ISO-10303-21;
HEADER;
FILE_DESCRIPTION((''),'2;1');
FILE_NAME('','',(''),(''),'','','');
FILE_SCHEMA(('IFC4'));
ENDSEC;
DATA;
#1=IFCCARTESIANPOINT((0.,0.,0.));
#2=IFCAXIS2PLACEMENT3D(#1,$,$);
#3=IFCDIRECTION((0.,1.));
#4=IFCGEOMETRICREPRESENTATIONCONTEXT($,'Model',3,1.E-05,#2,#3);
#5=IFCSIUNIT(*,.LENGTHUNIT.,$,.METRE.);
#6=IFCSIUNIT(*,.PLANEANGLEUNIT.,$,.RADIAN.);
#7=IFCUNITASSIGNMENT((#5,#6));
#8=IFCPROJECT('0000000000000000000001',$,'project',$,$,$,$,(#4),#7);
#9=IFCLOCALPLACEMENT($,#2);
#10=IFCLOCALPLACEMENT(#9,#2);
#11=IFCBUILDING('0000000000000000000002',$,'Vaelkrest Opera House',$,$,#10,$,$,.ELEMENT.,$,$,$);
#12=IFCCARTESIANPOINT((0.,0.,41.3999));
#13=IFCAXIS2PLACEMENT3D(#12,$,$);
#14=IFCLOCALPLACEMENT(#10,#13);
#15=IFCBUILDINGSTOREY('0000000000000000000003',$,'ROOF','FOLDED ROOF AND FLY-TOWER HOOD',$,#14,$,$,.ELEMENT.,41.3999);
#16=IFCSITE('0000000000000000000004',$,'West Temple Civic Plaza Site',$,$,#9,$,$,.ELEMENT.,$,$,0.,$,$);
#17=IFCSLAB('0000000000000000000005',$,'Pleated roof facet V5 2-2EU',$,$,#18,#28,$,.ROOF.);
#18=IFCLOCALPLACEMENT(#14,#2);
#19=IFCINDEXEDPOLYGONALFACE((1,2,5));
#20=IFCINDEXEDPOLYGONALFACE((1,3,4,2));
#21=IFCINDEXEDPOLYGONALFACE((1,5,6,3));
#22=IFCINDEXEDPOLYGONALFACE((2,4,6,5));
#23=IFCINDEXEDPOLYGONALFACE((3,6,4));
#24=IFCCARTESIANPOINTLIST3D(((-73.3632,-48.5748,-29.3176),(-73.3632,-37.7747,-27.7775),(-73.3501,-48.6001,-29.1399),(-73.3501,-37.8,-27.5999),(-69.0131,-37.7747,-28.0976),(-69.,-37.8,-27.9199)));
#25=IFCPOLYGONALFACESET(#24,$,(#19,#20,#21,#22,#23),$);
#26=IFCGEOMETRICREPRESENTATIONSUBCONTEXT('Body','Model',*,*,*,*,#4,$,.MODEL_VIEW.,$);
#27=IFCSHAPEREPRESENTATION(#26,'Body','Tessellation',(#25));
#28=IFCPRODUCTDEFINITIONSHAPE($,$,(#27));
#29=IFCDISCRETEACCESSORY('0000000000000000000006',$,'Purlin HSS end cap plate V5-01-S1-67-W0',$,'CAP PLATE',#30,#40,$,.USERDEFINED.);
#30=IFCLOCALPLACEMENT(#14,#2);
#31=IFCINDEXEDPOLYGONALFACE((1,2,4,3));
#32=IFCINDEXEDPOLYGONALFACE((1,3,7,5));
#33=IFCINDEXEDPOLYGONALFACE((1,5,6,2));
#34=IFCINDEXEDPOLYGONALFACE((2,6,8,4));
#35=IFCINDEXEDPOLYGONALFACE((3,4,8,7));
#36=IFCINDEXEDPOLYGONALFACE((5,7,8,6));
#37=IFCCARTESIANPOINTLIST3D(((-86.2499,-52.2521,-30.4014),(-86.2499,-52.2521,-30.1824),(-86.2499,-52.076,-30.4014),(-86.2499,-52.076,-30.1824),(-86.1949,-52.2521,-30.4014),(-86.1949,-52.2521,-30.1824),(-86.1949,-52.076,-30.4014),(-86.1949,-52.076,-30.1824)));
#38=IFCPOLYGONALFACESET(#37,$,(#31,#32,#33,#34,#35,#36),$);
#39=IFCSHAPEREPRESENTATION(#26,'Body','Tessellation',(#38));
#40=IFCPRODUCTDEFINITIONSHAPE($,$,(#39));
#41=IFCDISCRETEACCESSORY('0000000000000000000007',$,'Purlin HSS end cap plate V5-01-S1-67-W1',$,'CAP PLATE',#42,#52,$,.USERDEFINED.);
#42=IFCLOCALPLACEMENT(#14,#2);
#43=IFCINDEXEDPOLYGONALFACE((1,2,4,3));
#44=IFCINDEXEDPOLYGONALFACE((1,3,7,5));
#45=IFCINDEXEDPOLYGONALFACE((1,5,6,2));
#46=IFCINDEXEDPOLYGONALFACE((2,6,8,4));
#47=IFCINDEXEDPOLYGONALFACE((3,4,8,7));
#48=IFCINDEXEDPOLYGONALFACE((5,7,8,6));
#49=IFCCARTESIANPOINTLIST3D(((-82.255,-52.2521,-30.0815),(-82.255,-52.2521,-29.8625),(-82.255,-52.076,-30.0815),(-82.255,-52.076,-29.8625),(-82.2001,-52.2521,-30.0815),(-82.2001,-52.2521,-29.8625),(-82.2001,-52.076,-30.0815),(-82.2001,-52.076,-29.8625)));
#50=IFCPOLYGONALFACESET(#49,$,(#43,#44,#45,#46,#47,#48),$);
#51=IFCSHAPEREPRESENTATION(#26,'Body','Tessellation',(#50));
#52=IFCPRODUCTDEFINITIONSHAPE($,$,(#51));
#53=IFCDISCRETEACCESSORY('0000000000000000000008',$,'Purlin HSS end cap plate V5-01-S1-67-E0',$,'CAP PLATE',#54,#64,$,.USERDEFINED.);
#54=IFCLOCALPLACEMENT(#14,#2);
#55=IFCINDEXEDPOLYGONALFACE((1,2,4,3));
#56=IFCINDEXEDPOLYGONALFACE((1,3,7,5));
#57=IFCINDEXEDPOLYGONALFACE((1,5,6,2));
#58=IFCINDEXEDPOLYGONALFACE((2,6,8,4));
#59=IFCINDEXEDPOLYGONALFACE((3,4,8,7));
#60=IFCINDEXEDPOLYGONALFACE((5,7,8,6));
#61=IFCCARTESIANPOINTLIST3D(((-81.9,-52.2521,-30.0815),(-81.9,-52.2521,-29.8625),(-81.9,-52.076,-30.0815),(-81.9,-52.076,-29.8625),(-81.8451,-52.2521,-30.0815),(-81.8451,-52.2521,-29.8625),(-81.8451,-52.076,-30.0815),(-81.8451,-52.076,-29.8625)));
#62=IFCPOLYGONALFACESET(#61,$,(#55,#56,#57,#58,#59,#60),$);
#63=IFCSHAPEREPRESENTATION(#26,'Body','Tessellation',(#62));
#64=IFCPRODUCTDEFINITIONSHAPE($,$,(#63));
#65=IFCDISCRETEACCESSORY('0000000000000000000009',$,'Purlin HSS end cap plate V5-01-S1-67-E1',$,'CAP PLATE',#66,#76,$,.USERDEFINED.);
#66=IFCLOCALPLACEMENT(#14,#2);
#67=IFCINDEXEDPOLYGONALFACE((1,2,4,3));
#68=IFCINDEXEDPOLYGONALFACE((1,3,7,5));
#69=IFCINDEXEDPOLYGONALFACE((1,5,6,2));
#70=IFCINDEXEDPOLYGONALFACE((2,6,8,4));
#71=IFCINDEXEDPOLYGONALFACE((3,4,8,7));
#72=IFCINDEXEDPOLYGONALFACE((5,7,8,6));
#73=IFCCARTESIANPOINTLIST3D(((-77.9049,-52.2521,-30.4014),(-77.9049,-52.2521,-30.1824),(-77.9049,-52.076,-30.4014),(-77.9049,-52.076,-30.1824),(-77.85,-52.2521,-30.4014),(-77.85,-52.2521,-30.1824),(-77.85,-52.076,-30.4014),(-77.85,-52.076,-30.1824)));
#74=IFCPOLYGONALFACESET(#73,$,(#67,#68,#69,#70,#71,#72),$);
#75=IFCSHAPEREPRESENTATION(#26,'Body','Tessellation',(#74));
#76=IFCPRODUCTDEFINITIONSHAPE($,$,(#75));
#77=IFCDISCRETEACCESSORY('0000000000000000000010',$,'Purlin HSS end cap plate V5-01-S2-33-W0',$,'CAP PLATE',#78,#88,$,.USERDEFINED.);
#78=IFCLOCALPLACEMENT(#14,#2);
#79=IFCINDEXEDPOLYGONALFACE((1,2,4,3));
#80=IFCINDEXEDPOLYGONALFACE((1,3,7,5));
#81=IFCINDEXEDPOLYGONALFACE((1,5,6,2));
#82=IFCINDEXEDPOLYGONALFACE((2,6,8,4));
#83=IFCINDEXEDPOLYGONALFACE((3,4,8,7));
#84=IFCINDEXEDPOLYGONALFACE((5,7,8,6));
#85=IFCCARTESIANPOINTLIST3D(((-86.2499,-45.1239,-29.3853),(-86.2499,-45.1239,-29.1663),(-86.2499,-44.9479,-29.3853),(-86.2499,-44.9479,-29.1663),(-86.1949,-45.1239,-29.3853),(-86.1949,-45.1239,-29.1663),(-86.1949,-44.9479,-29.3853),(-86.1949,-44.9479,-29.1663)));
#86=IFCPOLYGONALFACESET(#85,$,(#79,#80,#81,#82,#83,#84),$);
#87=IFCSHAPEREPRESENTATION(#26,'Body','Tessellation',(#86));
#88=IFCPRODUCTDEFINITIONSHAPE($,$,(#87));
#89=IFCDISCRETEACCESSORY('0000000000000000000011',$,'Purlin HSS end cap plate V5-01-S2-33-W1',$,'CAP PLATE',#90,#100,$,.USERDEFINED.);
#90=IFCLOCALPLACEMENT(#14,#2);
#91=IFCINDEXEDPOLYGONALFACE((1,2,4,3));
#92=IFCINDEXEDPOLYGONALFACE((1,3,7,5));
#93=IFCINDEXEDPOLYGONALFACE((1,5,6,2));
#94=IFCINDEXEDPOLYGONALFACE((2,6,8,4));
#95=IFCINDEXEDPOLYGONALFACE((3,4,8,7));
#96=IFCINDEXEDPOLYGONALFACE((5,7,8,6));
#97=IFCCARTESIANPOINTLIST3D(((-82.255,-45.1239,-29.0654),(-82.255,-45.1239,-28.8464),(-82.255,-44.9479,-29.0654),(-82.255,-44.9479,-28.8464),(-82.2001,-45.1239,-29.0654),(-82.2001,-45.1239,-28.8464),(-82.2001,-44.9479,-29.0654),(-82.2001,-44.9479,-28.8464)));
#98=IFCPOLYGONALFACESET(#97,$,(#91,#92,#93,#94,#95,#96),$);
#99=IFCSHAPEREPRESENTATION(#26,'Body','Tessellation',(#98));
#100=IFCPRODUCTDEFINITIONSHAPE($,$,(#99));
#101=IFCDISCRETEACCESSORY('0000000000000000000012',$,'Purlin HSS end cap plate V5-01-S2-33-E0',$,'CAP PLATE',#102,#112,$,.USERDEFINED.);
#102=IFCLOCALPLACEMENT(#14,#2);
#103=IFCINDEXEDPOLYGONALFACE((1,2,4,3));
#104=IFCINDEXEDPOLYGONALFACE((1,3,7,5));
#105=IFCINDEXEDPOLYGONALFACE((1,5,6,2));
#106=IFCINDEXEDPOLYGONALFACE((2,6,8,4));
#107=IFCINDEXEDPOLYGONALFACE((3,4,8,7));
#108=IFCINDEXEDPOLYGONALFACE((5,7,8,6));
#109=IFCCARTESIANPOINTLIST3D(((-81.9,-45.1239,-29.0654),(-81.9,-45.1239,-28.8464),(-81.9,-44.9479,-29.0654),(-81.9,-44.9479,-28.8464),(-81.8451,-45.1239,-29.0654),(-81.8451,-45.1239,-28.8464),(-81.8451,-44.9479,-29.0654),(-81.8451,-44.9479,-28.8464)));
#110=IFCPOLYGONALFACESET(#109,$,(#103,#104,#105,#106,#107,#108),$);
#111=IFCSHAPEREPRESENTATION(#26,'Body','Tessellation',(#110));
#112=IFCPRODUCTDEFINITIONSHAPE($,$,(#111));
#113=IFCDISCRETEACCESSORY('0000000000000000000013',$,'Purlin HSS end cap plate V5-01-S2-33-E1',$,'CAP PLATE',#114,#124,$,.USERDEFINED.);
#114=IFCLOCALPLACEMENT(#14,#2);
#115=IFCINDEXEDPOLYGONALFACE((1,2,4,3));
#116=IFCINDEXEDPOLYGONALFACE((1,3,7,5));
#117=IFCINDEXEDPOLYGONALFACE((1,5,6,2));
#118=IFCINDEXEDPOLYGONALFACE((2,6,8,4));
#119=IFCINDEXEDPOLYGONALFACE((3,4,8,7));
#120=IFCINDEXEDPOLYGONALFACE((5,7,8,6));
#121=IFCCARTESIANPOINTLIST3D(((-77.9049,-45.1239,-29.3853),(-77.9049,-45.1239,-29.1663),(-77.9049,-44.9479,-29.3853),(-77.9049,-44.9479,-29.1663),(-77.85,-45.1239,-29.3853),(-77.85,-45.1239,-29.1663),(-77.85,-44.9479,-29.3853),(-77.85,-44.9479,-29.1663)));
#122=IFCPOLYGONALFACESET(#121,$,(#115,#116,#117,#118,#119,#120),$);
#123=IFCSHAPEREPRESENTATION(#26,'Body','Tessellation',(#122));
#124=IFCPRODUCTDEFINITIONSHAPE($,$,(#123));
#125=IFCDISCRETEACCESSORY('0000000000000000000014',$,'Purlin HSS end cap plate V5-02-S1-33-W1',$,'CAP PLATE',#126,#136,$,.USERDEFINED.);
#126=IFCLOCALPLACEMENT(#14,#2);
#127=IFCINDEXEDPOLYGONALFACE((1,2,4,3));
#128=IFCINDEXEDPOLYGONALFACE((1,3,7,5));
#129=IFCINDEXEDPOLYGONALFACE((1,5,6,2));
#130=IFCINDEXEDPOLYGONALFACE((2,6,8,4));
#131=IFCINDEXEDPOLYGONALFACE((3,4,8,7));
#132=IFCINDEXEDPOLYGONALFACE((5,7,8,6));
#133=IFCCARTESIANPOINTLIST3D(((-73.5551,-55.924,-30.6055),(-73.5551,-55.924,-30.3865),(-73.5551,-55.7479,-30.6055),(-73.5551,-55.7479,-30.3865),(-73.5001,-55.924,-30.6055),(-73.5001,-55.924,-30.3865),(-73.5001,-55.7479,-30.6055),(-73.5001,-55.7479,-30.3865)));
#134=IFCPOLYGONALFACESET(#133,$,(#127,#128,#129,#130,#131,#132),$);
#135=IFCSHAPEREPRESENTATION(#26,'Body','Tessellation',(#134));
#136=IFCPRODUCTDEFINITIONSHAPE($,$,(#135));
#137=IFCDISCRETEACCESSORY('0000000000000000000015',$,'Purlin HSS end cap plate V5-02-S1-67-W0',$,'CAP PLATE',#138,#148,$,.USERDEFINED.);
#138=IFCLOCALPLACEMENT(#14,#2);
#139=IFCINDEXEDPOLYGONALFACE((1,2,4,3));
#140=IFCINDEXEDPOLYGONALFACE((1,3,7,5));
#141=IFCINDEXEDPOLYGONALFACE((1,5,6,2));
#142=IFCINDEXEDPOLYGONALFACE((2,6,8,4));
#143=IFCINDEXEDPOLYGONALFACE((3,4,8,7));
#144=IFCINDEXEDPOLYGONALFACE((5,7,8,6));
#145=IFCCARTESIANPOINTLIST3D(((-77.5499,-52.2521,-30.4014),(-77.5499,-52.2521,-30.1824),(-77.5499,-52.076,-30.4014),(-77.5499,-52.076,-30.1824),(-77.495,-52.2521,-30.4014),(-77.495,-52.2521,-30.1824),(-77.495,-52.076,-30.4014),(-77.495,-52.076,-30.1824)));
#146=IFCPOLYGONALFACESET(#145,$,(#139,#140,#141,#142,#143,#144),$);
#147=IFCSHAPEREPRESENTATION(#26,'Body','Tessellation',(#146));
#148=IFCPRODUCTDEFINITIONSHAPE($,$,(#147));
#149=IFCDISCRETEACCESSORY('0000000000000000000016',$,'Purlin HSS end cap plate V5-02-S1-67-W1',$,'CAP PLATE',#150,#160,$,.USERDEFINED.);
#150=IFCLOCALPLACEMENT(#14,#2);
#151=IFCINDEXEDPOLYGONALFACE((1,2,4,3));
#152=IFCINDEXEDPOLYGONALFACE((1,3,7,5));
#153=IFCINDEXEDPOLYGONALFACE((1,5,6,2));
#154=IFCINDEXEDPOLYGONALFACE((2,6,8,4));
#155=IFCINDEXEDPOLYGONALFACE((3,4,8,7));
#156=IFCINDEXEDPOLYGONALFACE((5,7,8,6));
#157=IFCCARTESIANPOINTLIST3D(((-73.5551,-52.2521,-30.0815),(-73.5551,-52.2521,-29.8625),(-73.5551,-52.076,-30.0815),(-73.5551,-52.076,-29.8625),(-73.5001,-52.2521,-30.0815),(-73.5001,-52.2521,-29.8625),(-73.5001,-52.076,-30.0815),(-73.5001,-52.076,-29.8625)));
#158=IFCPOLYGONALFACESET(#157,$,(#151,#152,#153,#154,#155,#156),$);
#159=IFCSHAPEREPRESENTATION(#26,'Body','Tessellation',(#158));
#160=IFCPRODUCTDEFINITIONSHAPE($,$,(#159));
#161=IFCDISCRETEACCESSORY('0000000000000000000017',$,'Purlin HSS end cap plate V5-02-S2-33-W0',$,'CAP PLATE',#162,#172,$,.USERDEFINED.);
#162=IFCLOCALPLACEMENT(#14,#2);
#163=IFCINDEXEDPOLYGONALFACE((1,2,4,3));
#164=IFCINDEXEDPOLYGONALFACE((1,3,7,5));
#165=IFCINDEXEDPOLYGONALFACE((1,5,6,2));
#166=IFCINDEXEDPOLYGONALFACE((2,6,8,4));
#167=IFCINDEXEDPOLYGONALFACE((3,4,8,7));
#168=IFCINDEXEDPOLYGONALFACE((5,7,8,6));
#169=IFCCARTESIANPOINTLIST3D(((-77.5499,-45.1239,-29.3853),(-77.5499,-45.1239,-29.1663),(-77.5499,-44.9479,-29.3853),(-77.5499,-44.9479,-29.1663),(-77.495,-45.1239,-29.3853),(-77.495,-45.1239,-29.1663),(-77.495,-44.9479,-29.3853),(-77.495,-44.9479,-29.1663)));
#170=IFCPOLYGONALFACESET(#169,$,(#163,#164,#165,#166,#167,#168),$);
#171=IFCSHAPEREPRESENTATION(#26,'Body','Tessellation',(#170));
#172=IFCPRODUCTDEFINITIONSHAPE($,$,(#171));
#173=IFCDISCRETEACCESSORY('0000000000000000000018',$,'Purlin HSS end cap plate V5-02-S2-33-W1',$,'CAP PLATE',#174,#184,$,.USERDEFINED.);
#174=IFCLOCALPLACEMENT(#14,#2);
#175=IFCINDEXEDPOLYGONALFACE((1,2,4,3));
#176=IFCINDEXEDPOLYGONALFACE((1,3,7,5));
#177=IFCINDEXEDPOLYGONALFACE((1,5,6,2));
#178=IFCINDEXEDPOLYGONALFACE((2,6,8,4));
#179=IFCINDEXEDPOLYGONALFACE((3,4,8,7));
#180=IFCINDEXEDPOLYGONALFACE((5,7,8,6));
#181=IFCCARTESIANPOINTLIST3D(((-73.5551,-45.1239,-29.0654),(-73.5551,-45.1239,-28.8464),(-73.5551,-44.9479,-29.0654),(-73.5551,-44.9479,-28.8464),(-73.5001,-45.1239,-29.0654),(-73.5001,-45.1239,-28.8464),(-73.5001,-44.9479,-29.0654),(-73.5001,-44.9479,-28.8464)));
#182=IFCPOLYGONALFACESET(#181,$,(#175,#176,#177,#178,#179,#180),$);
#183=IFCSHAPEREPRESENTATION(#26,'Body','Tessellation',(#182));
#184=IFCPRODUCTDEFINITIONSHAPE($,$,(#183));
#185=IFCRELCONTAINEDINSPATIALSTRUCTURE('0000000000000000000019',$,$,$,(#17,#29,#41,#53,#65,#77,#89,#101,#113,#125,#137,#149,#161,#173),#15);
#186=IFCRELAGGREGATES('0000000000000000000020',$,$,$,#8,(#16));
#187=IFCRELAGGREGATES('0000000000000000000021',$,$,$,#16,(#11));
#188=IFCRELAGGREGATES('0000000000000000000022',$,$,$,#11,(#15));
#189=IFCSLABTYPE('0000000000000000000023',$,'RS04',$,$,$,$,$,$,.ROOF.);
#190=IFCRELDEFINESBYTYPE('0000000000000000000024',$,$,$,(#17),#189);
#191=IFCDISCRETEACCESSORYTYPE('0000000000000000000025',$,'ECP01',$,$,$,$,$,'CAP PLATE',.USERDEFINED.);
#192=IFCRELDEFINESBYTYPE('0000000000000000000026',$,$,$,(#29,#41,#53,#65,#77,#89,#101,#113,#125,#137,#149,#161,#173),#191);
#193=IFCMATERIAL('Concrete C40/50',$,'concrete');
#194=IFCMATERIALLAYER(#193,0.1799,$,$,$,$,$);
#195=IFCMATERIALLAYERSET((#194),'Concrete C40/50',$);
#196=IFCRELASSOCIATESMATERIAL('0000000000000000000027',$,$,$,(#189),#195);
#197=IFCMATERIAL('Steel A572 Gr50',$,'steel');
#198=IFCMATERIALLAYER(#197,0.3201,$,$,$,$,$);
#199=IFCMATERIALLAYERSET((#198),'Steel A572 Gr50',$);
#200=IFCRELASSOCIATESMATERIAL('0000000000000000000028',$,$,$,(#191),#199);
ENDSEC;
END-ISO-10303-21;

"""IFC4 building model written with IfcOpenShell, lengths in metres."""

from ifc_helpers import new_model, si_unit, direction, frame, origin, origin_2d, place, context, subcontext, project, spatial, polyline, rectangle, outline, extrude, material, layer, layer_set, type_object, element, save


model = new_model("IFC4")

# Units and contexts
model_context = context("Model", 3, precision=1e-05, world=origin(), true_north=direction((0.0, 1.0)))
body_context = subcontext(model_context, "Body", "Model", "MODEL_VIEW")
ifc_project = project(units=[si_unit("LENGTHUNIT", "METRE"), si_unit("PLANEANGLEUNIT", "RADIAN")], contexts=[model_context])

# Site, building, storey
site_placement = place(None, origin())
site = spatial("IfcSite", under=ifc_project, at=site_placement, Name="West Temple Civic Plaza Site", CompositionType="ELEMENT", RefElevation=0.0)
building_placement = place(site_placement, origin())
building = spatial("IfcBuilding", under=site, at=building_placement, Name="Vaelkrest Opera House", CompositionType="ELEMENT")
storey_placement = place(building_placement, frame((0.0, 0.0, 41.3999)))
storey = spatial("IfcBuildingStorey", under=building, at=storey_placement, Name="ROOF", Description="FOLDED ROOF AND FLY-TOWER HOOD", CompositionType="ELEMENT", Elevation=41.3999)

# Slab
ifc_material_1 = material(Name="Concrete C40/50", Category="concrete")
ifc_layer_1 = layer(ifc_material_1, 0.1799)
ifc_layer_set_1 = layer_set([ifc_layer_1], Name="Concrete C40/50")
slab_type = type_object("IfcSlabType", Name="RS04", PredefinedType="ROOF", material=ifc_layer_set_1)
slab_1_placement = place(storey_placement, frame((-73.3501, -48.6001, -29.1399), z_axis=(0.072648, -0.140795, 0.98737), x_axis=(0.371582, 0.922533, 0.104209)))
element("IfcSlab", 1, at=slab_1_placement, inside=storey, type_object=slab_type, Name="Pleated roof facet V5 2-2EU", PredefinedType="ROOF", context=body_context, shape_type="SweptSolid", body=[
    extrude(outline(polyline([(0.0, 0.0), (11.707, 0.0), (10.1239, 4.0644), (0.0, 0.0)])), origin(), (0.0, 0.0, -1.0), 0.1799),
])

# Discrete accessories
ifc_material_2 = material(Name="Steel A572 Gr50", Category="steel")
ifc_layer_2 = layer(ifc_material_2, 0.3201)
ifc_layer_set_2 = layer_set([ifc_layer_2], Name="Steel A572 Gr50")
discrete_accessory_type = type_object("IfcDiscreteAccessoryType", Name="ECP01", ElementType="CAP PLATE", PredefinedType="USERDEFINED", material=ifc_layer_set_2)
for number, where, z_axis, x_axis, name in (
    (2, (-86.2224, -52.1641, -30.4014), (0.0, 0.0, 1.0), (1.0, 0.0, 0.0), "Purlin HSS end cap plate V5-01-S1-67-W0"),
    (3, (-82.2275, -52.1641, -30.0815), (0.0, 0.0, 1.0), (1.0, 0.0, 0.0), "Purlin HSS end cap plate V5-01-S1-67-W1"),
    (4, (-81.8726, -52.1641, -30.0815), (0.0, 0.0, 1.0), (1.0, 0.0, 0.0), "Purlin HSS end cap plate V5-01-S1-67-E0"),
    (5, (-77.8774, -52.1641, -30.4014), (0.0, 0.0, 1.0), (1.0, 0.0, 0.0), "Purlin HSS end cap plate V5-01-S1-67-E1"),
    (6, (-86.2224, -45.0359, -29.3853), (0.0, 0.0, 1.0), (1.0, 0.0, 0.0), "Purlin HSS end cap plate V5-01-S2-33-W0"),
    (7, (-82.2275, -45.0359, -29.0654), (0.0, 0.0, 1.0), (1.0, 0.0, 0.0), "Purlin HSS end cap plate V5-01-S2-33-W1"),
    (8, (-81.8726, -45.0359, -29.0654), (0.0, 0.0, 1.0), (1.0, 0.0, 0.0), "Purlin HSS end cap plate V5-01-S2-33-E0"),
    (9, (-77.8774, -45.0359, -29.3853), (0.0, 0.0, 1.0), (1.0, 0.0, 0.0), "Purlin HSS end cap plate V5-01-S2-33-E1"),
    (10, (-73.5276, -55.8359, -30.6055), (0.0, 0.0, 1.0), (1.0, 0.0, 0.0), "Purlin HSS end cap plate V5-02-S1-33-W1"),
    (11, (-77.5225, -52.1641, -30.4014), (0.0, 0.0, 1.0), (1.0, 0.0, 0.0), "Purlin HSS end cap plate V5-02-S1-67-W0"),
    (12, (-73.5276, -52.1641, -30.0815), (0.0, 0.0, 1.0), (1.0, 0.0, 0.0), "Purlin HSS end cap plate V5-02-S1-67-W1"),
    (13, (-77.5225, -45.0359, -29.3853), (0.0, 0.0, 1.0), (1.0, 0.0, 0.0), "Purlin HSS end cap plate V5-02-S2-33-W0"),
    (14, (-73.5276, -45.0359, -29.0654), (0.0, 0.0, 1.0), (1.0, 0.0, 0.0), "Purlin HSS end cap plate V5-02-S2-33-W1"),
):
    element("IfcDiscreteAccessory", number, at=place(storey_placement, frame(where, z_axis=z_axis, x_axis=x_axis)), inside=storey, type_object=discrete_accessory_type, Name=name, ObjectType="CAP PLATE", PredefinedType="USERDEFINED", context=body_context, shape_type="SweptSolid", body=[
        extrude(rectangle(XDim=0.0549, YDim=0.176, at=origin_2d()), origin(), (0.0, 0.0, 1.0), 0.219),
    ])

save(model, "model.ifc")
